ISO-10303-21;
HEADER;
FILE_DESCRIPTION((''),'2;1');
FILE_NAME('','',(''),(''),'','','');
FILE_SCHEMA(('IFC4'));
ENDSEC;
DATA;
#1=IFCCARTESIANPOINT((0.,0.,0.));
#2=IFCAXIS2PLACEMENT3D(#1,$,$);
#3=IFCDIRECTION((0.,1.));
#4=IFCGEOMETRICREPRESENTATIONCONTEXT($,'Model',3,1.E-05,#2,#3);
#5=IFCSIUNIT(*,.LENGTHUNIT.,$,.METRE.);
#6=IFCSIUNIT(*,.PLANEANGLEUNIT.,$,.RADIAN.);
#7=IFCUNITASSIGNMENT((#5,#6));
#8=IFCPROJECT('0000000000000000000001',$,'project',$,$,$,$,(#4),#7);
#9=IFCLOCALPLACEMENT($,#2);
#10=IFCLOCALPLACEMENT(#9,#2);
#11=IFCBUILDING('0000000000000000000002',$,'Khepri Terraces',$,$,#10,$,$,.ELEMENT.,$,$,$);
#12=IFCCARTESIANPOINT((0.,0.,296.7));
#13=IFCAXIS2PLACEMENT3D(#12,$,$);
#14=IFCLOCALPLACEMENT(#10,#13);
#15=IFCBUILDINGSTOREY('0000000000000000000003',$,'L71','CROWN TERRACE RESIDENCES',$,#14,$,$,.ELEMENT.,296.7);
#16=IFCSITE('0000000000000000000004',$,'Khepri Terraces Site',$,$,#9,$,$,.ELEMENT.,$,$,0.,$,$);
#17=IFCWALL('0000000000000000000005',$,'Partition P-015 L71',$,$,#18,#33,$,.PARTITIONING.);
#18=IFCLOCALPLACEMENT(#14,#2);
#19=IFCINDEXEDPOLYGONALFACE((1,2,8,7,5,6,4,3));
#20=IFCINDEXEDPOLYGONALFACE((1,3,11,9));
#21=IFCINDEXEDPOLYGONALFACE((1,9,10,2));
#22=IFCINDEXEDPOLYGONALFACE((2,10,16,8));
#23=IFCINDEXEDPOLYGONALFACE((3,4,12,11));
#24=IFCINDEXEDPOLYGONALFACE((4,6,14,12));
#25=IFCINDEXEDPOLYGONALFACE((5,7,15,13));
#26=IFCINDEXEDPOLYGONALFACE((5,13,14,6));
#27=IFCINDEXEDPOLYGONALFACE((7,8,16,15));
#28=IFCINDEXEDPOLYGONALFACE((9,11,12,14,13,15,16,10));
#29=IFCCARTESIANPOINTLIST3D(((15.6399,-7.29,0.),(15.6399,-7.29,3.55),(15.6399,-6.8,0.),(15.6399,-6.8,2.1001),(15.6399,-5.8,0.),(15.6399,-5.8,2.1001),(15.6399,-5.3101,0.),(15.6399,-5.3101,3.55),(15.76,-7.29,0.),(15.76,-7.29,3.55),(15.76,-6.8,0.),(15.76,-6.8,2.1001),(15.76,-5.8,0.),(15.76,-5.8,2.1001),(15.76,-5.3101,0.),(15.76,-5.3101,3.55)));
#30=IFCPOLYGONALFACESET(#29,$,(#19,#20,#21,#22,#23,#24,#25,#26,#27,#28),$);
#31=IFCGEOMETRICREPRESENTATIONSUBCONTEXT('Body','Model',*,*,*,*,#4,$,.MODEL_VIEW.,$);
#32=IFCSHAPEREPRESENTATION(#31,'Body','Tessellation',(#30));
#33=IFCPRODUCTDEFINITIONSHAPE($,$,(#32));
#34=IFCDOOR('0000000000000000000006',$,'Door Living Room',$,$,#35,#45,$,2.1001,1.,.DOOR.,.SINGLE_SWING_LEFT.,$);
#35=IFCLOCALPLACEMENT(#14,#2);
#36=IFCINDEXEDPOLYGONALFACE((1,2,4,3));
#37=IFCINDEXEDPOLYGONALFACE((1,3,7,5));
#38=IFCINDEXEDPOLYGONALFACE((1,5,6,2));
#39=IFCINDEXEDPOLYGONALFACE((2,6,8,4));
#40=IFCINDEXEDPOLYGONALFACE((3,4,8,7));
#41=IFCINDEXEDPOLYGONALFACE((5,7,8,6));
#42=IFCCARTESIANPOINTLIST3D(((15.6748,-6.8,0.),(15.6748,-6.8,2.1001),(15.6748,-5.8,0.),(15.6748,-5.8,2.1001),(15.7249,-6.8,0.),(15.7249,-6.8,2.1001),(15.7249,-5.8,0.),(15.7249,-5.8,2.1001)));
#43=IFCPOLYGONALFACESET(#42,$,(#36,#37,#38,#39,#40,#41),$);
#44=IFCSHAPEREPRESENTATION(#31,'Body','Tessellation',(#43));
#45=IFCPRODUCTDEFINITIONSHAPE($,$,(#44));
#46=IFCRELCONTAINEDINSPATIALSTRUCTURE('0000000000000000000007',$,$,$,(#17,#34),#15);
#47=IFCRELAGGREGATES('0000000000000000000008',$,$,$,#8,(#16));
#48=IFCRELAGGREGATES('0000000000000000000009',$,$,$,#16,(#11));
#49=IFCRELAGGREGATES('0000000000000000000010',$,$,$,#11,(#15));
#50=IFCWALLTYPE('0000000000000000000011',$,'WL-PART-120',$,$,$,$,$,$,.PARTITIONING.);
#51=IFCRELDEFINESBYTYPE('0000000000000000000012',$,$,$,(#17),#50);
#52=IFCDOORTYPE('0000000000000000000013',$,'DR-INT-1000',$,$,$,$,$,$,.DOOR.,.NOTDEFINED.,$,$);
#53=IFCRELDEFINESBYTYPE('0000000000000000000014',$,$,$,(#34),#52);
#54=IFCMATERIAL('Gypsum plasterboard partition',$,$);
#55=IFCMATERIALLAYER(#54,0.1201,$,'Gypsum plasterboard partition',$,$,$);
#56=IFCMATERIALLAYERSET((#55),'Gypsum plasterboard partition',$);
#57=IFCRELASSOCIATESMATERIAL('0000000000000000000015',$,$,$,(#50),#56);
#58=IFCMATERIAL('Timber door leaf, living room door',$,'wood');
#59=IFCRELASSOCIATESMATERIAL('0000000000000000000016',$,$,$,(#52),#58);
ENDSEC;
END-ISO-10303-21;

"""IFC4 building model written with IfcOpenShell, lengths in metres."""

from ifc_helpers import new_model, si_unit, direction, frame, frame_2d, origin, place, context, subcontext, project, spatial, rectangle, extrude, material, layer, layer_set, type_object, element, fill, save


model = new_model("IFC4")

# Units and contexts
model_context = context("Model", 3, precision=1e-05, world=origin(), true_north=direction((0.0, 1.0)))
body_context = subcontext(model_context, "Body", "Model", "MODEL_VIEW")
ifc_project = project(units=[si_unit("LENGTHUNIT", "METRE"), si_unit("PLANEANGLEUNIT", "RADIAN")], contexts=[model_context])

# Site, building, storey
site_placement = place(None, origin())
site = spatial("IfcSite", under=ifc_project, at=site_placement, Name="Khepri Terraces Site", CompositionType="ELEMENT", RefElevation=0.0)
building_placement = place(site_placement, origin())
building = spatial("IfcBuilding", under=site, at=building_placement, Name="Khepri Terraces", CompositionType="ELEMENT")
storey_placement = place(building_placement, frame((0.0, 0.0, 296.7)))
storey = spatial("IfcBuildingStorey", under=building, at=storey_placement, Name="L71", Description="CROWN TERRACE RESIDENCES", CompositionType="ELEMENT", Elevation=296.7)

# Shared definitions
ifc_material_1 = material(Name="Gypsum plasterboard partition")
ifc_layer_1 = layer(ifc_material_1, 0.1201, Name="Gypsum plasterboard partition")
ifc_layer_set_1 = layer_set([ifc_layer_1], Name="Gypsum plasterboard partition")
wall_type_1 = type_object("IfcWallType", Name="WL-PART-120", PredefinedType="PARTITIONING", material=ifc_layer_set_1)

# Wall, opening, door
wall_1_placement = place(storey_placement, frame((15.7, -7.29, 0.0), z_axis=(0.0, 0.0, 1.0), x_axis=(0.0, 1.0, 0.0)))
wall_1 = element("IfcWall", 1, at=wall_1_placement, inside=storey, type_object=wall_type_1, Name="Partition P-015 L71", PredefinedType="PARTITIONING", context=body_context, shape_type="SweptSolid", body=[
    extrude(rectangle(XDim=1.98, YDim=0.1201, at=frame_2d((0.99, 0.0))), origin(), (0.0, 0.0, 1.0), 3.55),
])
opening_1_placement = place(wall_1_placement, frame((0.49, 0.0, 0.0)))
opening_1 = element("IfcOpeningElement", 2, at=opening_1_placement, cuts=wall_1, PredefinedType="OPENING", context=body_context, shape_type="SweptSolid", body=[
    extrude(rectangle(XDim=1.0, YDim=2.1001, at=frame_2d((0.5, 1.05))), frame((0.0, 0.0701, 0.0), z_axis=(0.0, -1.0, 0.0), x_axis=(1.0, 0.0, 0.0)), (0.0, 0.0, 1.0), 0.1401),
])
ifc_material_2 = material(Name="Timber door leaf, living room door", Category="wood")
door_type_1 = type_object("IfcDoorType", Name="DR-INT-1000", OperationType="NOTDEFINED", PredefinedType="DOOR", material=ifc_material_2)
door_1_placement = place(opening_1_placement, frame((1.0, 0.0, 0.0), z_axis=(0.0, 0.0, 1.0), x_axis=(-1.0, 0.0, 0.0)))
door_1 = element("IfcDoor", 3, at=door_1_placement, inside=storey, type_object=door_type_1, Name="Door Living Room", OperationType="SINGLE_SWING_LEFT", OverallHeight=2.1001, OverallWidth=1.0, PredefinedType="DOOR", context=body_context, shape_type="SweptSolid", body=[
    extrude(rectangle(XDim=1.0, YDim=2.1001, at=frame_2d((0.5, 1.05))), frame((0.0, 0.0249, 0.0), z_axis=(0.0, -1.0, 0.0), x_axis=(1.0, 0.0, 0.0)), (0.0, 0.0, 1.0), 0.05),
])
fill(opening_1, door_1)

save(model, "model.ifc")
